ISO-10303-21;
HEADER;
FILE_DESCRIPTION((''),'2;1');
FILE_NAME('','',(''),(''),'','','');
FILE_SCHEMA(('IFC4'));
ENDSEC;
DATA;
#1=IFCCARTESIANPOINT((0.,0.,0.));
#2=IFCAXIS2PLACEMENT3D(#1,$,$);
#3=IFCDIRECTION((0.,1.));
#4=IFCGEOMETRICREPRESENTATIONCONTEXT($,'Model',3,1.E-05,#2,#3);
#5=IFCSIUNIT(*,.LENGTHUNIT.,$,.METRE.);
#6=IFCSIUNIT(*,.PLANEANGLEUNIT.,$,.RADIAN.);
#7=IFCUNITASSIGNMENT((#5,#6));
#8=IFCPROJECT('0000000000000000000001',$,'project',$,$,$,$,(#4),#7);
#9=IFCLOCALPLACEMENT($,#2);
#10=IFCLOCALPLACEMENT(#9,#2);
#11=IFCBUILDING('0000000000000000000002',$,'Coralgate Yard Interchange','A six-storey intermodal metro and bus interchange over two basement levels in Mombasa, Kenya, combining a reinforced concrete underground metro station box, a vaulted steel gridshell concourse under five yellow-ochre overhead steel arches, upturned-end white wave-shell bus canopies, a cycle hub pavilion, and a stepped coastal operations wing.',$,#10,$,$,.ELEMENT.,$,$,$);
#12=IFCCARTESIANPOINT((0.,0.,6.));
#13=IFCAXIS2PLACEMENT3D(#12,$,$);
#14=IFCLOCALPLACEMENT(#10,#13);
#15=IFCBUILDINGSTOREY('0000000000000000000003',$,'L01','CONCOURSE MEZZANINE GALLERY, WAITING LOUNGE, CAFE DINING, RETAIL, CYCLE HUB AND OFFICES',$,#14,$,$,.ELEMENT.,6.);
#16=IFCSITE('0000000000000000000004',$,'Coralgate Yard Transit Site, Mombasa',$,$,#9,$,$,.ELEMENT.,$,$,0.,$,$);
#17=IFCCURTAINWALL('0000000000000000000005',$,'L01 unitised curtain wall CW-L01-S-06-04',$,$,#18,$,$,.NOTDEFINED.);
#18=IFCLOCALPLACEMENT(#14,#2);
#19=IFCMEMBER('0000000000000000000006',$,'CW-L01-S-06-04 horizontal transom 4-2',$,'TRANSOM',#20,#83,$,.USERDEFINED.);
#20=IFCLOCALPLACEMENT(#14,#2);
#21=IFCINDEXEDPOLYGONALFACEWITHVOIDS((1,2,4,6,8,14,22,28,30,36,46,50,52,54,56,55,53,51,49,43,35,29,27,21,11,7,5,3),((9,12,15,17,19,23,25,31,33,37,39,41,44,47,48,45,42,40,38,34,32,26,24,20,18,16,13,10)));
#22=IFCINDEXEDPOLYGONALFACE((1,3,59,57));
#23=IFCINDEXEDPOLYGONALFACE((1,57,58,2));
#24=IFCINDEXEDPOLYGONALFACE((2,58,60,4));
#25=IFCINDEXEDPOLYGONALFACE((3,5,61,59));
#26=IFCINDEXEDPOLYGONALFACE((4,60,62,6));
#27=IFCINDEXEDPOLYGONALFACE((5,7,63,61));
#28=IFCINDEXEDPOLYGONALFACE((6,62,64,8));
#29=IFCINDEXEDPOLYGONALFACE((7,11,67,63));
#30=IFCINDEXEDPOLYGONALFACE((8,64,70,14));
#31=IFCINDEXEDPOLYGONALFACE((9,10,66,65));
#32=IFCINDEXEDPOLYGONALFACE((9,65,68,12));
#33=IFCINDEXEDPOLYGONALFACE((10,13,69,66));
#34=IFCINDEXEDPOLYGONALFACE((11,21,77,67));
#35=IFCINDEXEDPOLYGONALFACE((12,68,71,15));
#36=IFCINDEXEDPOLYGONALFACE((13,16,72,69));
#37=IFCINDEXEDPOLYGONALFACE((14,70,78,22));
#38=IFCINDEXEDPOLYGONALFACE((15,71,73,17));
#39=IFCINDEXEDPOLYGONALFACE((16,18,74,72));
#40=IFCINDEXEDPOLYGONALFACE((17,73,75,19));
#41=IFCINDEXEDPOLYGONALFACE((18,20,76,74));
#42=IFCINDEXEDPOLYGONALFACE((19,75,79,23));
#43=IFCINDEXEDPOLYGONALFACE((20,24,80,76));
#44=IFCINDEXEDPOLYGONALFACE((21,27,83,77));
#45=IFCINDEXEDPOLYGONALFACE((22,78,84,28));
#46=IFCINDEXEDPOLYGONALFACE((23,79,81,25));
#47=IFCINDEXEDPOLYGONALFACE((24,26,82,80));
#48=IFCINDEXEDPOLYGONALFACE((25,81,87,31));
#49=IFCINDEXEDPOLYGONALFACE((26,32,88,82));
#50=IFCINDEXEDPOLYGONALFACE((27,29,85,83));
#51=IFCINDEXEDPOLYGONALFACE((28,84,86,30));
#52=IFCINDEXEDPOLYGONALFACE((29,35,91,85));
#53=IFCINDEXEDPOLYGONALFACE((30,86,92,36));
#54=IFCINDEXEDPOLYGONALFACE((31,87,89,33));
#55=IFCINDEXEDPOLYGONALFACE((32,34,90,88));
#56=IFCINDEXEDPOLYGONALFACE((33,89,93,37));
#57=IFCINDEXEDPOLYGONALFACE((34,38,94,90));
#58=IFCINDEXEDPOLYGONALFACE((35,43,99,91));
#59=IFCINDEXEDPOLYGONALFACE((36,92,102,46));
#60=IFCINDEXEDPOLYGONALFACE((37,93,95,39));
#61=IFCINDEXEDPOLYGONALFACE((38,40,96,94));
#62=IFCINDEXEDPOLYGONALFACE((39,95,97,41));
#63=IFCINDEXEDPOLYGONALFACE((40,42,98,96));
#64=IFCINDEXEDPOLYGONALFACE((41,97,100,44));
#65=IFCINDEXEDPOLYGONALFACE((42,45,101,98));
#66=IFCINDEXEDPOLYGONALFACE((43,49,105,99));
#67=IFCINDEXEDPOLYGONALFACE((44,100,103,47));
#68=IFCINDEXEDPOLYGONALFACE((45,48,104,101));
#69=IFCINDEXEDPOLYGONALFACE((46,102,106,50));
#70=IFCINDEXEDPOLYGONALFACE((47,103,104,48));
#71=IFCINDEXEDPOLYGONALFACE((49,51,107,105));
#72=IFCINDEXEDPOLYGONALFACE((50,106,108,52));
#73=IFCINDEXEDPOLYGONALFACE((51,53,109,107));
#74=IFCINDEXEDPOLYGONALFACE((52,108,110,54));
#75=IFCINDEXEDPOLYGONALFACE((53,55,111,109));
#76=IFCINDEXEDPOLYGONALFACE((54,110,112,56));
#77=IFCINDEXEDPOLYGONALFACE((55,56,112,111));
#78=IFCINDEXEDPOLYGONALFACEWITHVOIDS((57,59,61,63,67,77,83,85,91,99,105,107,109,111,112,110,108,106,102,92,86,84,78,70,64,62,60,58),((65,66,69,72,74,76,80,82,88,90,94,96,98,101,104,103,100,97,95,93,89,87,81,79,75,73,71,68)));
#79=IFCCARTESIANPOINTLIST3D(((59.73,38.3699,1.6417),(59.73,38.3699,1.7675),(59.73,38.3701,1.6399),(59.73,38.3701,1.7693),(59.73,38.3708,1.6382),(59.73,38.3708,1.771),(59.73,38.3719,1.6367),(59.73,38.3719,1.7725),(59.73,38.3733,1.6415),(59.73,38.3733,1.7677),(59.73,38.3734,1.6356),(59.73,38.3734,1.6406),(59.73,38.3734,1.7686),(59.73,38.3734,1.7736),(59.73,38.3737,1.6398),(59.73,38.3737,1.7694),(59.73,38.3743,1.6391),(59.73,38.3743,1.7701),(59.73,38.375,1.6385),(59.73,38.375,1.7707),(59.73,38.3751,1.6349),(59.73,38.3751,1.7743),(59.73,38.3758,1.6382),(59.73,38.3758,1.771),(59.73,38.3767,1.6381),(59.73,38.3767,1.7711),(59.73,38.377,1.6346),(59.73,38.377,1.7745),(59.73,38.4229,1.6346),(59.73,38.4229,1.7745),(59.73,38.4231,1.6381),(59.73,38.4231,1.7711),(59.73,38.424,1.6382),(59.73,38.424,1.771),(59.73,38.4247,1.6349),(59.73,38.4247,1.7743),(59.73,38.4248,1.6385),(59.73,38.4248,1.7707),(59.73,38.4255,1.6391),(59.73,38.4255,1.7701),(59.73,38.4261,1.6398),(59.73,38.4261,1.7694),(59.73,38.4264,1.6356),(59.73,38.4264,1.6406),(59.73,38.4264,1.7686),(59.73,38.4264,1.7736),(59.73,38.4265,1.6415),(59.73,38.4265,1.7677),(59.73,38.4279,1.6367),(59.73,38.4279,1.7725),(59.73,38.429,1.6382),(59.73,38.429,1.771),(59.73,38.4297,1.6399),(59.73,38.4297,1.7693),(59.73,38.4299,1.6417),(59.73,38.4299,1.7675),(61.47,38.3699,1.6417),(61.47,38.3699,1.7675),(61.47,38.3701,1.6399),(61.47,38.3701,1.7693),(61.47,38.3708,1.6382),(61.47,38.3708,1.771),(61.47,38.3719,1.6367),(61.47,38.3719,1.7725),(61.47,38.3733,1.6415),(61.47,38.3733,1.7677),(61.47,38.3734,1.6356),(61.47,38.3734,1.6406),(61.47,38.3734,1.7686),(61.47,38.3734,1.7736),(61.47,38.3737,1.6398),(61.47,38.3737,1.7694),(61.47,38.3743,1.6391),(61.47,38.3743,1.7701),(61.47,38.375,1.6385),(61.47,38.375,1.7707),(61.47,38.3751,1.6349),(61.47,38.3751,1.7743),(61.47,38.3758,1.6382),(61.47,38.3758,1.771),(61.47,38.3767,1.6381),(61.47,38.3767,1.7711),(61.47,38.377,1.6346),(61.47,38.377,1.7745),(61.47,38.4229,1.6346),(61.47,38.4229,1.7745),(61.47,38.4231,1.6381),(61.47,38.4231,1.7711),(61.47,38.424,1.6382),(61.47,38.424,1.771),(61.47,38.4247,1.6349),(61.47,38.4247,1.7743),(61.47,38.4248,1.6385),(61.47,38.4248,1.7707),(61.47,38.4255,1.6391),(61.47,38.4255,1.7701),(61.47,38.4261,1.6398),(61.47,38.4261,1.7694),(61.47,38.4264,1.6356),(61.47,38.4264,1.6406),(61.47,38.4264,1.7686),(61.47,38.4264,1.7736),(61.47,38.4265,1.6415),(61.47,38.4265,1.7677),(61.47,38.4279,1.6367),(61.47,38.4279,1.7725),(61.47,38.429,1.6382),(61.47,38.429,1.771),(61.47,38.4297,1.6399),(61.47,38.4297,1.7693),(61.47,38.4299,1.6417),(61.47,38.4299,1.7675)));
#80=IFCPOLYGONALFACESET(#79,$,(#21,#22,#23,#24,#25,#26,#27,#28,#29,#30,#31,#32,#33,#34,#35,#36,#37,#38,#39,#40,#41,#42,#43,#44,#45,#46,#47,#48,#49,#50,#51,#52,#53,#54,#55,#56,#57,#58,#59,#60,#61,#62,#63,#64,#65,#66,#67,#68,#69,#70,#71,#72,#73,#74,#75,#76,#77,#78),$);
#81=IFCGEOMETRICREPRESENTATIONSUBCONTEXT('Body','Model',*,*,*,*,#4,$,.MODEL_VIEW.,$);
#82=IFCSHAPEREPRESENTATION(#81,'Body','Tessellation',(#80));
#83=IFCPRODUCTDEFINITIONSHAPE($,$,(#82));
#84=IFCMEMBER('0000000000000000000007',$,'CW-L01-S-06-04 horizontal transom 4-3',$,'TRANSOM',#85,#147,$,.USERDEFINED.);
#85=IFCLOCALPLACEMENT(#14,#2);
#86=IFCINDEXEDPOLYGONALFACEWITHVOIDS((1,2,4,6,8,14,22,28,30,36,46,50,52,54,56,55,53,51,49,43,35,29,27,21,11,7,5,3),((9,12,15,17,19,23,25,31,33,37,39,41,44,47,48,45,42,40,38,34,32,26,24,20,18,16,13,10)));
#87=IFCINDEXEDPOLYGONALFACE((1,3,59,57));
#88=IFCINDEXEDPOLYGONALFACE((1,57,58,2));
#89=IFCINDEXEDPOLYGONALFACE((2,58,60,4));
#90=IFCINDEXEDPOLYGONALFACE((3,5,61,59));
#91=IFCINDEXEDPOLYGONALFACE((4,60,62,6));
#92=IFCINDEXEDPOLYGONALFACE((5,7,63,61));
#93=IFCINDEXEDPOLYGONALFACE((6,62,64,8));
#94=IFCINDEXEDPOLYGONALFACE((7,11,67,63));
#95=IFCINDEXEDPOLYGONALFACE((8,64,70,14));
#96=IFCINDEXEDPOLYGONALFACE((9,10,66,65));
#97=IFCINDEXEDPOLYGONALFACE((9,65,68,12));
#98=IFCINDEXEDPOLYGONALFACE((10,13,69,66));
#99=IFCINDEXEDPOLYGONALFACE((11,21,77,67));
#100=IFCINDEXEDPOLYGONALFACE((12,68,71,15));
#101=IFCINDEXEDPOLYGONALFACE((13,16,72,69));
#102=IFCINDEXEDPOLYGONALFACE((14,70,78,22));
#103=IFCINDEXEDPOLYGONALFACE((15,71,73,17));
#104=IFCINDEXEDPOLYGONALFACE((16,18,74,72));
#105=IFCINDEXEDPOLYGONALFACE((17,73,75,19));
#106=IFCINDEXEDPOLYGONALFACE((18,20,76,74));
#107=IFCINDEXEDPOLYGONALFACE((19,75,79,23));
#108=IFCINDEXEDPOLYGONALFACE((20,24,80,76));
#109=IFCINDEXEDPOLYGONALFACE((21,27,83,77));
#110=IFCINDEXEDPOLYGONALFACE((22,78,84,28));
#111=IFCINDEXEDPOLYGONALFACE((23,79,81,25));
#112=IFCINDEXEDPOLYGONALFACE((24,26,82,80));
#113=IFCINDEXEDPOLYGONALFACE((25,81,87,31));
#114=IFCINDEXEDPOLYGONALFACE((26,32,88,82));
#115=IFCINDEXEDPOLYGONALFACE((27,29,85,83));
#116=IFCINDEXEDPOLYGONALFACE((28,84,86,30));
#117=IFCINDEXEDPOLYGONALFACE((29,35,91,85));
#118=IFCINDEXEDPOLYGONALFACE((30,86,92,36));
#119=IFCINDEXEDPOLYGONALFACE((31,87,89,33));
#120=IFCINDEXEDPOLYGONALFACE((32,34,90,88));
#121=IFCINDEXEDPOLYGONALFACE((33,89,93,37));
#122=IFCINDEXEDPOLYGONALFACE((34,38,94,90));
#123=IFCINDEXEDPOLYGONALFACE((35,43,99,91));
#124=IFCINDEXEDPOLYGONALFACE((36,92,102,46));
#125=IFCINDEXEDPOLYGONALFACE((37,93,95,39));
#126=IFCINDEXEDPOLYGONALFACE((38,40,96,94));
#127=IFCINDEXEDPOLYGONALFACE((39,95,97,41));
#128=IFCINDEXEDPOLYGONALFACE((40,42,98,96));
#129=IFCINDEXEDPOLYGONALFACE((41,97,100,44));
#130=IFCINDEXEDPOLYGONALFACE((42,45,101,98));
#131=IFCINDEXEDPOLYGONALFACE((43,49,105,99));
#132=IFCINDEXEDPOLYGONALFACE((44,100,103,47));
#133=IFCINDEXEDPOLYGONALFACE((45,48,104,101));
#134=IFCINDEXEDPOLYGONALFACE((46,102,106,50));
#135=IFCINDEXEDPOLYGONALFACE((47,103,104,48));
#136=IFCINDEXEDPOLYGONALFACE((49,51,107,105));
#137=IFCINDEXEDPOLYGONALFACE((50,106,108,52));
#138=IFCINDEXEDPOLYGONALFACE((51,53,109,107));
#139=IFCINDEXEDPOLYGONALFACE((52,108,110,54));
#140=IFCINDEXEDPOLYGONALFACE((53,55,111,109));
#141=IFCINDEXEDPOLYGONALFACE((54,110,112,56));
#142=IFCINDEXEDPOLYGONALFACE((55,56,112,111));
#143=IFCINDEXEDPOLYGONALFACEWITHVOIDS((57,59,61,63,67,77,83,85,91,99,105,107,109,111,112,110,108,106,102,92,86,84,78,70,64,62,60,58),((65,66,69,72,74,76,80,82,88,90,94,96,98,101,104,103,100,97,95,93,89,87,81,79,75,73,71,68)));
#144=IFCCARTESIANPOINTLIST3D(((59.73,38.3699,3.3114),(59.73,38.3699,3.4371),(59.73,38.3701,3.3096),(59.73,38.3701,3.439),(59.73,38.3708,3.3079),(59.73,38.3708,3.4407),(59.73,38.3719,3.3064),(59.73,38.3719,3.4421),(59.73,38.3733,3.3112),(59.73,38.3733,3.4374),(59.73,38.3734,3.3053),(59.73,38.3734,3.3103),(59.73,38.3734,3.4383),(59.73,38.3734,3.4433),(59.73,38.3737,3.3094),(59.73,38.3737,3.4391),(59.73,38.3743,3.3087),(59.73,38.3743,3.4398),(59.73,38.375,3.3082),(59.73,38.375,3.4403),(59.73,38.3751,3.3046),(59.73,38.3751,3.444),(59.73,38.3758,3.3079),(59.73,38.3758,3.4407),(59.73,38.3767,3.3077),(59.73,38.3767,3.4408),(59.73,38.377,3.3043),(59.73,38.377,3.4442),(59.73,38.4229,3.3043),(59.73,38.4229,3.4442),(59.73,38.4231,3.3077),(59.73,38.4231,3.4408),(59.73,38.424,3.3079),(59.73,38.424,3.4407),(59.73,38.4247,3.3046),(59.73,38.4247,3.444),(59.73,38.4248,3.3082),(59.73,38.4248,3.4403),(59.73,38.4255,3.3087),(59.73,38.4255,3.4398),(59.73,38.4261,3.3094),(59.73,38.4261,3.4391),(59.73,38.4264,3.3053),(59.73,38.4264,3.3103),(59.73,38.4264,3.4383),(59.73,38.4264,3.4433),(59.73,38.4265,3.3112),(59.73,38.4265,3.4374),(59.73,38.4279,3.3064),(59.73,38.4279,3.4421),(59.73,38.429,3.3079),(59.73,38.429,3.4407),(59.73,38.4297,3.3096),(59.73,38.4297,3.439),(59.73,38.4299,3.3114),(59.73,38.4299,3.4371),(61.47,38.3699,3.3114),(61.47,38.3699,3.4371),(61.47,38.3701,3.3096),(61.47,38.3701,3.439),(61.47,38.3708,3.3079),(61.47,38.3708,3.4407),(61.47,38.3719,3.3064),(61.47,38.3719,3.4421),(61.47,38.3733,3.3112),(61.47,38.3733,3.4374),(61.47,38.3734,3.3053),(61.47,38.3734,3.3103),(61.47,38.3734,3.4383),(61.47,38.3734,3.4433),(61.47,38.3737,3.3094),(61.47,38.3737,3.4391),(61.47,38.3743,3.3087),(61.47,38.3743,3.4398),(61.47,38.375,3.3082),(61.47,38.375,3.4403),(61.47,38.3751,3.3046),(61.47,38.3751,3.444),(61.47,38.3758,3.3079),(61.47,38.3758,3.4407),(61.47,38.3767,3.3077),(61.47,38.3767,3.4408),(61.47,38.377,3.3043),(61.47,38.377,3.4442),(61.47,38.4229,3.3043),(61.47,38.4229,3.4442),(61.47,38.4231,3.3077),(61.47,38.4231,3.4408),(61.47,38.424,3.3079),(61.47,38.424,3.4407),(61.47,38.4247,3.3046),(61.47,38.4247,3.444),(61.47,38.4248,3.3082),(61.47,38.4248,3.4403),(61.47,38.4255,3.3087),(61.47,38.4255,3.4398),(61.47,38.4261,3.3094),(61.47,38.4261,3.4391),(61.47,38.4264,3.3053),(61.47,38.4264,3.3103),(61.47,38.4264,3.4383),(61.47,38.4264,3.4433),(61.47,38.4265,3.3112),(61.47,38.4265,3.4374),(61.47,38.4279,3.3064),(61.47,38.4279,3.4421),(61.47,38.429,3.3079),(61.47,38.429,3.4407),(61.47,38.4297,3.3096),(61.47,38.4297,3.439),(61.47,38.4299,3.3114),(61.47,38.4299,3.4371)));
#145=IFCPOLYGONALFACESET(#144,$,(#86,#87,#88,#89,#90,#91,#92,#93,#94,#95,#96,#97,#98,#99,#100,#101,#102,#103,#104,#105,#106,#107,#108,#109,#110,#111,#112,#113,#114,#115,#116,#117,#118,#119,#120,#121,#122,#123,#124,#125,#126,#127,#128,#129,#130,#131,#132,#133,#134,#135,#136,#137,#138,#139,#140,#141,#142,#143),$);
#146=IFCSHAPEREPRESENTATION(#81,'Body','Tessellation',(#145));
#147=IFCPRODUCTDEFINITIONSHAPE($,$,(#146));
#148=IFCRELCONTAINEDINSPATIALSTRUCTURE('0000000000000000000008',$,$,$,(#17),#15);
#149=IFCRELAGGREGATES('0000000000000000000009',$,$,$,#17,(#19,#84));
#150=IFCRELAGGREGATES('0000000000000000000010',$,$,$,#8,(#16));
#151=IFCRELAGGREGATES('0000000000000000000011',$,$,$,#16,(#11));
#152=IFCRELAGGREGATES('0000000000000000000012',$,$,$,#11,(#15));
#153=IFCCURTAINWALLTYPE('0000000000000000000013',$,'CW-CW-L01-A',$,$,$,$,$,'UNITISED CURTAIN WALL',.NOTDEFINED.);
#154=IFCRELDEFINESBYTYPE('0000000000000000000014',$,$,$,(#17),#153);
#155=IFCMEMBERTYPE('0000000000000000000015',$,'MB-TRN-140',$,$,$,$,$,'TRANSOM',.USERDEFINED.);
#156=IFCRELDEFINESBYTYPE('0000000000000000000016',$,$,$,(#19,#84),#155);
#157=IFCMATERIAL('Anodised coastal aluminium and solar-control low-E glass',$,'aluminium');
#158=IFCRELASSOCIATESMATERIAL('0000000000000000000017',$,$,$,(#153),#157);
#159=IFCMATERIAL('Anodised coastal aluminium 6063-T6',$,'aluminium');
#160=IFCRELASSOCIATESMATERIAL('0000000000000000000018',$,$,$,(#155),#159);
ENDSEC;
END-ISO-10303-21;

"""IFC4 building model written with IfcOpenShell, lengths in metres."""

from ifc_helpers import new_model, si_unit, direction, frame, origin, origin_2d, place, context, subcontext, project, spatial, hollow_rectangle, extrude, material, material_profile, profile_set, type_object, element, aggregate, save


model = new_model("IFC4")

# Units and contexts
model_context = context("Model", 3, precision=1e-05, world=origin(), true_north=direction((0.0, 1.0)))
body_context = subcontext(model_context, "Body", "Model", "MODEL_VIEW")
ifc_project = project(units=[si_unit("LENGTHUNIT", "METRE"), si_unit("PLANEANGLEUNIT", "RADIAN")], contexts=[model_context])

# Site, building, storey
site_placement = place(None, origin())
site = spatial("IfcSite", under=ifc_project, at=site_placement, Name="Coralgate Yard Transit Site, Mombasa", CompositionType="ELEMENT", RefElevation=0.0)
building_placement = place(site_placement, origin())
building = spatial("IfcBuilding", under=site, at=building_placement, Name="Coralgate Yard Interchange", Description="A six-storey intermodal metro and bus interchange over two basement levels in Mombasa, Kenya, combining a reinforced concrete underground metro station box, a vaulted steel gridshell concourse under five yellow-ochre overhead steel arches, upturned-end white wave-shell bus canopies, a cycle hub pavilion, and a stepped coastal operations wing.", CompositionType="ELEMENT")
storey_placement = place(building_placement, frame((0.0, 0.0, 6.0)))
storey = spatial("IfcBuildingStorey", under=building, at=storey_placement, Name="L01", Description="CONCOURSE MEZZANINE GALLERY, WAITING LOUNGE, CAFE DINING, RETAIL, CYCLE HUB AND OFFICES", CompositionType="ELEMENT", Elevation=6.0)

# Curtain wall, members
ifc_material_1 = material(Name="Anodised coastal aluminium and solar-control low-E glass", Category="aluminium")
curtain_wall_type = type_object("IfcCurtainWallType", Name="CW-CW-L01-A", ElementType="UNITISED CURTAIN WALL", PredefinedType="NOTDEFINED", material=ifc_material_1)
curtain_wall_placement = place(storey_placement, origin())
curtain_wall = element("IfcCurtainWall", 1, at=curtain_wall_placement, inside=storey, type_object=curtain_wall_type, Name="L01 unitised curtain wall CW-L01-S-06-04", PredefinedType="NOTDEFINED")
ifc_material_2 = material(Name="Anodised coastal aluminium 6063-T6", Category="aluminium")
ifc_material_profile_1 = material_profile(ifc_material_2, hollow_rectangle(XDim=0.0601, YDim=0.1399, WallThickness=0.0034, InnerFilletRadius=0.0034, OuterFilletRadius=0.0071, at=origin_2d()), Name="ALU 60x140x3.5")
ifc_profile_set_1 = profile_set([ifc_material_profile_1], Name="Anodised coastal aluminium 6063-T6")
member_type_1 = type_object("IfcMemberType", Name="MB-TRN-140", ElementType="TRANSOM", PredefinedType="USERDEFINED", material=ifc_profile_set_1)
member_1_placement = place(storey_placement, frame((61.47, 38.3999, 1.7046), z_axis=(-1.0, 0.0, 0.0), x_axis=(0.0, -1.0, 0.0)))
member_1 = element("IfcMember", 2, at=member_1_placement, type_object=member_type_1, Name="CW-L01-S-06-04 horizontal transom 4-2", ObjectType="TRANSOM", PredefinedType="USERDEFINED", context=body_context, shape_type="SweptSolid", body=[
    extrude(hollow_rectangle(XDim=0.0601, YDim=0.1399, WallThickness=0.0034, InnerFilletRadius=0.0034, OuterFilletRadius=0.0071, at=origin_2d()), origin(), (0.0, 0.0, 1.0), 1.74),
])
member_2_placement = place(storey_placement, frame((61.47, 38.3999, 3.3743), z_axis=(-1.0, 0.0, 0.0), x_axis=(0.0, -1.0, 0.0)))
member_2 = element("IfcMember", 3, at=member_2_placement, type_object=member_type_1, Name="CW-L01-S-06-04 horizontal transom 4-3", ObjectType="TRANSOM", PredefinedType="USERDEFINED", context=body_context, shape_type="SweptSolid", body=[
    extrude(hollow_rectangle(XDim=0.0601, YDim=0.1399, WallThickness=0.0034, InnerFilletRadius=0.0034, OuterFilletRadius=0.0071, at=origin_2d()), origin(), (0.0, 0.0, 1.0), 1.74),
])
aggregate(curtain_wall, [member_1, member_2])

save(model, "model.ifc")
